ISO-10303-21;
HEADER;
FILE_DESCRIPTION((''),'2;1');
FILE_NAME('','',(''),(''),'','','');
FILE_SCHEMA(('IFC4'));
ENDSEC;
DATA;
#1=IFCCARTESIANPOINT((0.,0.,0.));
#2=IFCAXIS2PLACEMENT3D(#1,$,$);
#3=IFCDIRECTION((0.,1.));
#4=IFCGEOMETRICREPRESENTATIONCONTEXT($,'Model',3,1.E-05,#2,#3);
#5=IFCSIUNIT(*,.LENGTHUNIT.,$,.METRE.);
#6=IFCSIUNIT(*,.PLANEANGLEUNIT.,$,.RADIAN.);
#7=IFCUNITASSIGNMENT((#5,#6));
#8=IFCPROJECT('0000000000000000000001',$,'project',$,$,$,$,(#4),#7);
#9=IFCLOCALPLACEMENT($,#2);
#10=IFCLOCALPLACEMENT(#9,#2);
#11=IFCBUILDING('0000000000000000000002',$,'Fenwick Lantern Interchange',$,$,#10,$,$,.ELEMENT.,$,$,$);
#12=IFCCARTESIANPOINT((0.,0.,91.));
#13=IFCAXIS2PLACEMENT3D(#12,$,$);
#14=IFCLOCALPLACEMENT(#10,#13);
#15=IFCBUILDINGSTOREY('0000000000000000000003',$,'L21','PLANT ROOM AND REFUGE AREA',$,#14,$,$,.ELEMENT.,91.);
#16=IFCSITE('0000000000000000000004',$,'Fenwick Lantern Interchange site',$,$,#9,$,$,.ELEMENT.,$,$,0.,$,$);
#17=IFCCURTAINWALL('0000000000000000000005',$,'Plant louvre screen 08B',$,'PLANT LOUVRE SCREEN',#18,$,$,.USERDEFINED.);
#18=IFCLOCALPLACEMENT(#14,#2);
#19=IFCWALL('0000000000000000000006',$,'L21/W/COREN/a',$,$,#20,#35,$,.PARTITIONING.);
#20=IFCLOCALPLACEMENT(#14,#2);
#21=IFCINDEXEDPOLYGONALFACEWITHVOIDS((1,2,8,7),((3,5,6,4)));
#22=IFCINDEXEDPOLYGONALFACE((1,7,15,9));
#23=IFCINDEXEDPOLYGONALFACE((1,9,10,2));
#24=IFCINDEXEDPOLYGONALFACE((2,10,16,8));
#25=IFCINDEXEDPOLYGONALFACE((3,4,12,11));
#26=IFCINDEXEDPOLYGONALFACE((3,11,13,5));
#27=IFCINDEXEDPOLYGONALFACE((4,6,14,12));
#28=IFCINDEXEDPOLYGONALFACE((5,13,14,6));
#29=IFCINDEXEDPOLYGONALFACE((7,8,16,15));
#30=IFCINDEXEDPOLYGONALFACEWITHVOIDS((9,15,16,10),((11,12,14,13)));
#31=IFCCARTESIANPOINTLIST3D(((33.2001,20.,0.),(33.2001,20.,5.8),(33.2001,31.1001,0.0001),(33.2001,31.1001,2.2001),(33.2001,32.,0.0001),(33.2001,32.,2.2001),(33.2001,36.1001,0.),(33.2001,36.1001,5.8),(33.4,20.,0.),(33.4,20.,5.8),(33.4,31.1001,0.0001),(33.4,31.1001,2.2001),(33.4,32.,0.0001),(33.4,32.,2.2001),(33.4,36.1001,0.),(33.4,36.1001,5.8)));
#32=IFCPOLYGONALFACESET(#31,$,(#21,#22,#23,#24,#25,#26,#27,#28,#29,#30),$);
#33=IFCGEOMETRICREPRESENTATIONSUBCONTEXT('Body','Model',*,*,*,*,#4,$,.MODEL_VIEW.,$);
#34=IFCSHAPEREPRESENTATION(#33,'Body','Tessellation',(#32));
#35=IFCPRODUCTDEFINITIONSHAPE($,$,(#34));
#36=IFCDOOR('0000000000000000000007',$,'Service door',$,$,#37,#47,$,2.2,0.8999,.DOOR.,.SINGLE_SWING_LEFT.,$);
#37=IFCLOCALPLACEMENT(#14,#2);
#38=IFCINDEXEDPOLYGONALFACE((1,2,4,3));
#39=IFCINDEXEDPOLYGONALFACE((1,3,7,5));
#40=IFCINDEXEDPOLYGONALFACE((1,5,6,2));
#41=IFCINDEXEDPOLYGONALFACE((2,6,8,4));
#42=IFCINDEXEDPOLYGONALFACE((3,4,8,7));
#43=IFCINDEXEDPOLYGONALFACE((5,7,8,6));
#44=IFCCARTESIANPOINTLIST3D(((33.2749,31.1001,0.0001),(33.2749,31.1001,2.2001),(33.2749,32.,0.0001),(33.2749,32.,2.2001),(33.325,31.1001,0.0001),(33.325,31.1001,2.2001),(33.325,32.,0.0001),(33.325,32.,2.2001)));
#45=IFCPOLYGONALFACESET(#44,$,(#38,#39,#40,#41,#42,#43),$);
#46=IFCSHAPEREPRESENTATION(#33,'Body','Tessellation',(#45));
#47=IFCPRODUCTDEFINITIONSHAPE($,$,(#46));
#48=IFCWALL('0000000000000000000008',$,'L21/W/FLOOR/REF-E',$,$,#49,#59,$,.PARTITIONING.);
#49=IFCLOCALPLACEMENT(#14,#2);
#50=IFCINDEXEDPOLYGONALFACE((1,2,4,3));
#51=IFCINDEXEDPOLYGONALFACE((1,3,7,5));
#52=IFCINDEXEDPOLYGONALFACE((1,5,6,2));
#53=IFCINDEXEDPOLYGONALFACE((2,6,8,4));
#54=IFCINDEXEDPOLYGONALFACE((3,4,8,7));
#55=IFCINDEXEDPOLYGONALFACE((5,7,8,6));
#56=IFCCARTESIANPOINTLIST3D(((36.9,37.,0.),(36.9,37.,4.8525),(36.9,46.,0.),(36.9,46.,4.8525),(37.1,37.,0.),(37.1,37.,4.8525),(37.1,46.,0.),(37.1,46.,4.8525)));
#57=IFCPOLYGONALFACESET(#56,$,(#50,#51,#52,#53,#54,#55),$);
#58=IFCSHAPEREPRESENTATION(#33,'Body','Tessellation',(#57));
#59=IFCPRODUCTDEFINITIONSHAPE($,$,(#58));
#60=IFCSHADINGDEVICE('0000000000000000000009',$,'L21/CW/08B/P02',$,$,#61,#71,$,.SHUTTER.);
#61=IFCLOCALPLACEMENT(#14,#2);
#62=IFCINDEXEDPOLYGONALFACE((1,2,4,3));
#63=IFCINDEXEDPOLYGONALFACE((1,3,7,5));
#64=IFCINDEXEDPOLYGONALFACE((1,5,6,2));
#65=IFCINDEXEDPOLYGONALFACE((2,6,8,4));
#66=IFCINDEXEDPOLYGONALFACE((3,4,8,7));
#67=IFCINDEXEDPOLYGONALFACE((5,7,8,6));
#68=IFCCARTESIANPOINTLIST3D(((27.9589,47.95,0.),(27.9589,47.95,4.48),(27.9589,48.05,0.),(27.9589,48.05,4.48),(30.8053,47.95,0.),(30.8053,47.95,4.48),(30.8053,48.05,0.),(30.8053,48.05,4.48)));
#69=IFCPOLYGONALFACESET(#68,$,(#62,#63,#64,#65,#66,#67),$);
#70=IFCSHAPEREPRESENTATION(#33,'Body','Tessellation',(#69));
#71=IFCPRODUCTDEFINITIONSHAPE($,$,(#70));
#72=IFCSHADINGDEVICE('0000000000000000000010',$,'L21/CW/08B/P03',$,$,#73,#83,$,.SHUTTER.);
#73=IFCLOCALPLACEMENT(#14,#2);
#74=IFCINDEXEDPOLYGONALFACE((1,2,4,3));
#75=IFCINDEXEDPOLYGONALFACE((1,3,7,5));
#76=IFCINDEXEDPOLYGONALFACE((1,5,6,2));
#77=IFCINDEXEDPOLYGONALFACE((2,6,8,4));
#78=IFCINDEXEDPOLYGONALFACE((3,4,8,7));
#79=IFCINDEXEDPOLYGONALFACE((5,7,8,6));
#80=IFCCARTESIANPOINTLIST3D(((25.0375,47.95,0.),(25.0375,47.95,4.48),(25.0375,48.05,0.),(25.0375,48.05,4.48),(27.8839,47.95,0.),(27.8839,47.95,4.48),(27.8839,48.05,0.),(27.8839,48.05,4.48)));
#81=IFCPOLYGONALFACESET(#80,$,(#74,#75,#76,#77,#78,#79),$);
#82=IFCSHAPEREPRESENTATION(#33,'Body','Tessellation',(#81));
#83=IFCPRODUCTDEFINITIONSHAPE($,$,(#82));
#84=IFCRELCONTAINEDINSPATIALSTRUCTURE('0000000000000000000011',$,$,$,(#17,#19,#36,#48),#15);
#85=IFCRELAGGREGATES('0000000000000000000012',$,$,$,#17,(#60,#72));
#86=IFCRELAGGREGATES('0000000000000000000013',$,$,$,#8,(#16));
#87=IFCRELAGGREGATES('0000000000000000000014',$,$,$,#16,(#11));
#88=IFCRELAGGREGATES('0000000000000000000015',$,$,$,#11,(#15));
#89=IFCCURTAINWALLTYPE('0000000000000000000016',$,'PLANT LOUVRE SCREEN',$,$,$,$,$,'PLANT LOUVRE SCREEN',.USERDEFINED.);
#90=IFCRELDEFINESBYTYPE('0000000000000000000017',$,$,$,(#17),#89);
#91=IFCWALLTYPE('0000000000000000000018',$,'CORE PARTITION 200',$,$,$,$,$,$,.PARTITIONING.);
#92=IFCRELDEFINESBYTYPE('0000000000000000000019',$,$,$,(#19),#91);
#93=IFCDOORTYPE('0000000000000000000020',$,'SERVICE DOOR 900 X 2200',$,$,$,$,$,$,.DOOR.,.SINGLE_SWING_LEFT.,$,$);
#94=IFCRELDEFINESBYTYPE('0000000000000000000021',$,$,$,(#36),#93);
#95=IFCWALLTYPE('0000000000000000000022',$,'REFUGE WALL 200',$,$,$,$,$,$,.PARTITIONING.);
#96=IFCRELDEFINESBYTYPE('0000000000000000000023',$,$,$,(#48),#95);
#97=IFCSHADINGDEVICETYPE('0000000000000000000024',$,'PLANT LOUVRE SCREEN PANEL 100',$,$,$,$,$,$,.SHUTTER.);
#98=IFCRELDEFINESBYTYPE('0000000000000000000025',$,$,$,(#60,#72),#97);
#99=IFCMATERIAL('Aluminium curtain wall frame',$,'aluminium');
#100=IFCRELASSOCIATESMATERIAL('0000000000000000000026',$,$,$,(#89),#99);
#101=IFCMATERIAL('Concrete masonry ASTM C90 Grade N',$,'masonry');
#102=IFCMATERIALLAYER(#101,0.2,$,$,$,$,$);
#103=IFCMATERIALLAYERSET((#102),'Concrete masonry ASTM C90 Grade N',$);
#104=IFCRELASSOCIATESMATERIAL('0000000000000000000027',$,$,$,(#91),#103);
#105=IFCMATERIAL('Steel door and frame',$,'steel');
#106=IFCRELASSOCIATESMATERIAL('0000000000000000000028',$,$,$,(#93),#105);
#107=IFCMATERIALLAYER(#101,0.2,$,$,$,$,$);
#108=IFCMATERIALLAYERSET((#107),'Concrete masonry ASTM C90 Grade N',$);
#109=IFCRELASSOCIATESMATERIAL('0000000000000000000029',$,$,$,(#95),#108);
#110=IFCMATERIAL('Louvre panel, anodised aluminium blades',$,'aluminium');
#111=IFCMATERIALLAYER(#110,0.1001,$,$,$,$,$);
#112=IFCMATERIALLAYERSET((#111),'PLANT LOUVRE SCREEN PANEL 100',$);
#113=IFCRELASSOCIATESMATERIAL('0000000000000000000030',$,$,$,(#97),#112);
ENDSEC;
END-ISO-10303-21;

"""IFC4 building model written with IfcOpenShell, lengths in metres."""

from ifc_helpers import new_model, si_unit, direction, frame, frame_2d, origin, origin_2d, place, context, subcontext, project, spatial, rectangle, extrude, material, layer, layer_set, type_object, element, fill, aggregate, save


model = new_model("IFC4")

# Units and contexts
model_context = context("Model", 3, precision=1e-05, world=origin(), true_north=direction((0.0, 1.0)))
body_context = subcontext(model_context, "Body", "Model", "MODEL_VIEW")
ifc_project = project(units=[si_unit("LENGTHUNIT", "METRE"), si_unit("PLANEANGLEUNIT", "RADIAN")], contexts=[model_context])

# Site, building, storey
site_placement = place(None, origin())
site = spatial("IfcSite", under=ifc_project, at=site_placement, Name="Fenwick Lantern Interchange site", CompositionType="ELEMENT", RefElevation=0.0)
building_placement = place(site_placement, origin())
building = spatial("IfcBuilding", under=site, at=building_placement, Name="Fenwick Lantern Interchange", CompositionType="ELEMENT")
storey_placement = place(building_placement, frame((0.0, 0.0, 91.0)))
storey = spatial("IfcBuildingStorey", under=building, at=storey_placement, Name="L21", Description="PLANT ROOM AND REFUGE AREA", CompositionType="ELEMENT", Elevation=91.0)

# Curtain wall
ifc_material_1 = material(Name="Aluminium curtain wall frame", Category="aluminium")
curtain_wall_type = type_object("IfcCurtainWallType", Name="PLANT LOUVRE SCREEN", ElementType="PLANT LOUVRE SCREEN", PredefinedType="USERDEFINED", material=ifc_material_1)
curtain_wall_placement = place(storey_placement, origin())
curtain_wall = element("IfcCurtainWall", 1, at=curtain_wall_placement, inside=storey, type_object=curtain_wall_type, Name="Plant louvre screen 08B", ObjectType="PLANT LOUVRE SCREEN", PredefinedType="USERDEFINED")

# Wall, opening, door
ifc_material_2 = material(Name="Concrete masonry ASTM C90 Grade N", Category="masonry")
ifc_layer_1 = layer(ifc_material_2, 0.2)
ifc_layer_set_1 = layer_set([ifc_layer_1], Name="Concrete masonry ASTM C90 Grade N")
wall_type_1 = type_object("IfcWallType", Name="CORE PARTITION 200", PredefinedType="PARTITIONING", material=ifc_layer_set_1)
wall_1_placement = place(storey_placement, frame((33.3, 36.1001, 0.0), z_axis=(0.0, 0.0, 1.0), x_axis=(0.0, -1.0, 0.0)))
wall_1 = element("IfcWall", 2, at=wall_1_placement, inside=storey, type_object=wall_type_1, Name="L21/W/COREN/a", PredefinedType="PARTITIONING", context=body_context, shape_type="SweptSolid", body=[
    extrude(rectangle(XDim=16.1001, YDim=0.2, at=frame_2d((8.05, 0.0))), origin(), (0.0, 0.0, 1.0), 5.8),
])
opening_1_placement = place(wall_1_placement, frame((4.1001, 0.0, 0.0)))
opening_1 = element("IfcOpeningElement", 3, at=opening_1_placement, cuts=wall_1, PredefinedType="OPENING", context=body_context, shape_type="SweptSolid", body=[
    extrude(rectangle(XDim=0.8999, YDim=2.2, at=frame_2d((0.45, 1.1001))), frame((0.0, 0.1099, 0.0), z_axis=(0.0, -1.0, 0.0), x_axis=(1.0, 0.0, 0.0)), (0.0, 0.0, 1.0), 0.22),
])
ifc_material_3 = material(Name="Steel door and frame", Category="steel")
door_type_1 = type_object("IfcDoorType", Name="SERVICE DOOR 900 X 2200", OperationType="SINGLE_SWING_LEFT", PredefinedType="DOOR", material=ifc_material_3)
door_1_placement = place(opening_1_placement, origin())
door_1 = element("IfcDoor", 4, at=door_1_placement, inside=storey, type_object=door_type_1, Name="Service door", OperationType="SINGLE_SWING_LEFT", OverallHeight=2.2, OverallWidth=0.8999, PredefinedType="DOOR", context=body_context, shape_type="SweptSolid", body=[
    extrude(rectangle(XDim=0.8999, YDim=2.2, at=frame_2d((0.45, 1.1001))), frame((0.0, 0.0249, 0.0), z_axis=(0.0, -1.0, 0.0), x_axis=(1.0, 0.0, 0.0)), (0.0, 0.0, 1.0), 0.05),
])
fill(opening_1, door_1)

# Wall
ifc_layer_2 = layer(ifc_material_2, 0.2)
ifc_layer_set_2 = layer_set([ifc_layer_2], Name="Concrete masonry ASTM C90 Grade N")
wall_type_2 = type_object("IfcWallType", Name="REFUGE WALL 200", PredefinedType="PARTITIONING", material=ifc_layer_set_2)
wall_2_placement = place(storey_placement, frame((37.0, 46.0, 0.0), z_axis=(0.0, 0.0, 1.0), x_axis=(0.0, -1.0, 0.0)))
element("IfcWall", 5, at=wall_2_placement, inside=storey, type_object=wall_type_2, Name="L21/W/FLOOR/REF-E", PredefinedType="PARTITIONING", context=body_context, shape_type="SweptSolid", body=[
    extrude(rectangle(XDim=9.0, YDim=0.2, at=frame_2d((4.5, 0.0))), origin(), (0.0, 0.0, 1.0), 4.8525),
])

# Shading devices
ifc_material_4 = material(Name="Louvre panel, anodised aluminium blades", Category="aluminium")
ifc_layer_3 = layer(ifc_material_4, 0.1001)
ifc_layer_set_3 = layer_set([ifc_layer_3], Name="PLANT LOUVRE SCREEN PANEL 100")
shading_device_type = type_object("IfcShadingDeviceType", Name="PLANT LOUVRE SCREEN PANEL 100", PredefinedType="SHUTTER", material=ifc_layer_set_3)
shading_device_1_placement = place(storey_placement, frame((29.3821, 48.0, 0.0), z_axis=(0.0, 0.0, 1.0), x_axis=(-1.0, 0.0, 0.0)))
shading_device_1 = element("IfcShadingDevice", 6, at=shading_device_1_placement, type_object=shading_device_type, Name="L21/CW/08B/P02", PredefinedType="SHUTTER", context=body_context, shape_type="SweptSolid", body=[
    extrude(rectangle(XDim=2.8464, YDim=0.1001, at=origin_2d()), origin(), (0.0, 0.0, 1.0), 4.48),
])
shading_device_2_placement = place(storey_placement, frame((26.4607, 48.0, 0.0), z_axis=(0.0, 0.0, 1.0), x_axis=(-1.0, 0.0, 0.0)))
shading_device_2 = element("IfcShadingDevice", 7, at=shading_device_2_placement, type_object=shading_device_type, Name="L21/CW/08B/P03", PredefinedType="SHUTTER", context=body_context, shape_type="SweptSolid", body=[
    extrude(rectangle(XDim=2.8464, YDim=0.1001, at=origin_2d()), origin(), (0.0, 0.0, 1.0), 4.48),
])
aggregate(curtain_wall, [shading_device_1, shading_device_2])

save(model, "model.ifc")
